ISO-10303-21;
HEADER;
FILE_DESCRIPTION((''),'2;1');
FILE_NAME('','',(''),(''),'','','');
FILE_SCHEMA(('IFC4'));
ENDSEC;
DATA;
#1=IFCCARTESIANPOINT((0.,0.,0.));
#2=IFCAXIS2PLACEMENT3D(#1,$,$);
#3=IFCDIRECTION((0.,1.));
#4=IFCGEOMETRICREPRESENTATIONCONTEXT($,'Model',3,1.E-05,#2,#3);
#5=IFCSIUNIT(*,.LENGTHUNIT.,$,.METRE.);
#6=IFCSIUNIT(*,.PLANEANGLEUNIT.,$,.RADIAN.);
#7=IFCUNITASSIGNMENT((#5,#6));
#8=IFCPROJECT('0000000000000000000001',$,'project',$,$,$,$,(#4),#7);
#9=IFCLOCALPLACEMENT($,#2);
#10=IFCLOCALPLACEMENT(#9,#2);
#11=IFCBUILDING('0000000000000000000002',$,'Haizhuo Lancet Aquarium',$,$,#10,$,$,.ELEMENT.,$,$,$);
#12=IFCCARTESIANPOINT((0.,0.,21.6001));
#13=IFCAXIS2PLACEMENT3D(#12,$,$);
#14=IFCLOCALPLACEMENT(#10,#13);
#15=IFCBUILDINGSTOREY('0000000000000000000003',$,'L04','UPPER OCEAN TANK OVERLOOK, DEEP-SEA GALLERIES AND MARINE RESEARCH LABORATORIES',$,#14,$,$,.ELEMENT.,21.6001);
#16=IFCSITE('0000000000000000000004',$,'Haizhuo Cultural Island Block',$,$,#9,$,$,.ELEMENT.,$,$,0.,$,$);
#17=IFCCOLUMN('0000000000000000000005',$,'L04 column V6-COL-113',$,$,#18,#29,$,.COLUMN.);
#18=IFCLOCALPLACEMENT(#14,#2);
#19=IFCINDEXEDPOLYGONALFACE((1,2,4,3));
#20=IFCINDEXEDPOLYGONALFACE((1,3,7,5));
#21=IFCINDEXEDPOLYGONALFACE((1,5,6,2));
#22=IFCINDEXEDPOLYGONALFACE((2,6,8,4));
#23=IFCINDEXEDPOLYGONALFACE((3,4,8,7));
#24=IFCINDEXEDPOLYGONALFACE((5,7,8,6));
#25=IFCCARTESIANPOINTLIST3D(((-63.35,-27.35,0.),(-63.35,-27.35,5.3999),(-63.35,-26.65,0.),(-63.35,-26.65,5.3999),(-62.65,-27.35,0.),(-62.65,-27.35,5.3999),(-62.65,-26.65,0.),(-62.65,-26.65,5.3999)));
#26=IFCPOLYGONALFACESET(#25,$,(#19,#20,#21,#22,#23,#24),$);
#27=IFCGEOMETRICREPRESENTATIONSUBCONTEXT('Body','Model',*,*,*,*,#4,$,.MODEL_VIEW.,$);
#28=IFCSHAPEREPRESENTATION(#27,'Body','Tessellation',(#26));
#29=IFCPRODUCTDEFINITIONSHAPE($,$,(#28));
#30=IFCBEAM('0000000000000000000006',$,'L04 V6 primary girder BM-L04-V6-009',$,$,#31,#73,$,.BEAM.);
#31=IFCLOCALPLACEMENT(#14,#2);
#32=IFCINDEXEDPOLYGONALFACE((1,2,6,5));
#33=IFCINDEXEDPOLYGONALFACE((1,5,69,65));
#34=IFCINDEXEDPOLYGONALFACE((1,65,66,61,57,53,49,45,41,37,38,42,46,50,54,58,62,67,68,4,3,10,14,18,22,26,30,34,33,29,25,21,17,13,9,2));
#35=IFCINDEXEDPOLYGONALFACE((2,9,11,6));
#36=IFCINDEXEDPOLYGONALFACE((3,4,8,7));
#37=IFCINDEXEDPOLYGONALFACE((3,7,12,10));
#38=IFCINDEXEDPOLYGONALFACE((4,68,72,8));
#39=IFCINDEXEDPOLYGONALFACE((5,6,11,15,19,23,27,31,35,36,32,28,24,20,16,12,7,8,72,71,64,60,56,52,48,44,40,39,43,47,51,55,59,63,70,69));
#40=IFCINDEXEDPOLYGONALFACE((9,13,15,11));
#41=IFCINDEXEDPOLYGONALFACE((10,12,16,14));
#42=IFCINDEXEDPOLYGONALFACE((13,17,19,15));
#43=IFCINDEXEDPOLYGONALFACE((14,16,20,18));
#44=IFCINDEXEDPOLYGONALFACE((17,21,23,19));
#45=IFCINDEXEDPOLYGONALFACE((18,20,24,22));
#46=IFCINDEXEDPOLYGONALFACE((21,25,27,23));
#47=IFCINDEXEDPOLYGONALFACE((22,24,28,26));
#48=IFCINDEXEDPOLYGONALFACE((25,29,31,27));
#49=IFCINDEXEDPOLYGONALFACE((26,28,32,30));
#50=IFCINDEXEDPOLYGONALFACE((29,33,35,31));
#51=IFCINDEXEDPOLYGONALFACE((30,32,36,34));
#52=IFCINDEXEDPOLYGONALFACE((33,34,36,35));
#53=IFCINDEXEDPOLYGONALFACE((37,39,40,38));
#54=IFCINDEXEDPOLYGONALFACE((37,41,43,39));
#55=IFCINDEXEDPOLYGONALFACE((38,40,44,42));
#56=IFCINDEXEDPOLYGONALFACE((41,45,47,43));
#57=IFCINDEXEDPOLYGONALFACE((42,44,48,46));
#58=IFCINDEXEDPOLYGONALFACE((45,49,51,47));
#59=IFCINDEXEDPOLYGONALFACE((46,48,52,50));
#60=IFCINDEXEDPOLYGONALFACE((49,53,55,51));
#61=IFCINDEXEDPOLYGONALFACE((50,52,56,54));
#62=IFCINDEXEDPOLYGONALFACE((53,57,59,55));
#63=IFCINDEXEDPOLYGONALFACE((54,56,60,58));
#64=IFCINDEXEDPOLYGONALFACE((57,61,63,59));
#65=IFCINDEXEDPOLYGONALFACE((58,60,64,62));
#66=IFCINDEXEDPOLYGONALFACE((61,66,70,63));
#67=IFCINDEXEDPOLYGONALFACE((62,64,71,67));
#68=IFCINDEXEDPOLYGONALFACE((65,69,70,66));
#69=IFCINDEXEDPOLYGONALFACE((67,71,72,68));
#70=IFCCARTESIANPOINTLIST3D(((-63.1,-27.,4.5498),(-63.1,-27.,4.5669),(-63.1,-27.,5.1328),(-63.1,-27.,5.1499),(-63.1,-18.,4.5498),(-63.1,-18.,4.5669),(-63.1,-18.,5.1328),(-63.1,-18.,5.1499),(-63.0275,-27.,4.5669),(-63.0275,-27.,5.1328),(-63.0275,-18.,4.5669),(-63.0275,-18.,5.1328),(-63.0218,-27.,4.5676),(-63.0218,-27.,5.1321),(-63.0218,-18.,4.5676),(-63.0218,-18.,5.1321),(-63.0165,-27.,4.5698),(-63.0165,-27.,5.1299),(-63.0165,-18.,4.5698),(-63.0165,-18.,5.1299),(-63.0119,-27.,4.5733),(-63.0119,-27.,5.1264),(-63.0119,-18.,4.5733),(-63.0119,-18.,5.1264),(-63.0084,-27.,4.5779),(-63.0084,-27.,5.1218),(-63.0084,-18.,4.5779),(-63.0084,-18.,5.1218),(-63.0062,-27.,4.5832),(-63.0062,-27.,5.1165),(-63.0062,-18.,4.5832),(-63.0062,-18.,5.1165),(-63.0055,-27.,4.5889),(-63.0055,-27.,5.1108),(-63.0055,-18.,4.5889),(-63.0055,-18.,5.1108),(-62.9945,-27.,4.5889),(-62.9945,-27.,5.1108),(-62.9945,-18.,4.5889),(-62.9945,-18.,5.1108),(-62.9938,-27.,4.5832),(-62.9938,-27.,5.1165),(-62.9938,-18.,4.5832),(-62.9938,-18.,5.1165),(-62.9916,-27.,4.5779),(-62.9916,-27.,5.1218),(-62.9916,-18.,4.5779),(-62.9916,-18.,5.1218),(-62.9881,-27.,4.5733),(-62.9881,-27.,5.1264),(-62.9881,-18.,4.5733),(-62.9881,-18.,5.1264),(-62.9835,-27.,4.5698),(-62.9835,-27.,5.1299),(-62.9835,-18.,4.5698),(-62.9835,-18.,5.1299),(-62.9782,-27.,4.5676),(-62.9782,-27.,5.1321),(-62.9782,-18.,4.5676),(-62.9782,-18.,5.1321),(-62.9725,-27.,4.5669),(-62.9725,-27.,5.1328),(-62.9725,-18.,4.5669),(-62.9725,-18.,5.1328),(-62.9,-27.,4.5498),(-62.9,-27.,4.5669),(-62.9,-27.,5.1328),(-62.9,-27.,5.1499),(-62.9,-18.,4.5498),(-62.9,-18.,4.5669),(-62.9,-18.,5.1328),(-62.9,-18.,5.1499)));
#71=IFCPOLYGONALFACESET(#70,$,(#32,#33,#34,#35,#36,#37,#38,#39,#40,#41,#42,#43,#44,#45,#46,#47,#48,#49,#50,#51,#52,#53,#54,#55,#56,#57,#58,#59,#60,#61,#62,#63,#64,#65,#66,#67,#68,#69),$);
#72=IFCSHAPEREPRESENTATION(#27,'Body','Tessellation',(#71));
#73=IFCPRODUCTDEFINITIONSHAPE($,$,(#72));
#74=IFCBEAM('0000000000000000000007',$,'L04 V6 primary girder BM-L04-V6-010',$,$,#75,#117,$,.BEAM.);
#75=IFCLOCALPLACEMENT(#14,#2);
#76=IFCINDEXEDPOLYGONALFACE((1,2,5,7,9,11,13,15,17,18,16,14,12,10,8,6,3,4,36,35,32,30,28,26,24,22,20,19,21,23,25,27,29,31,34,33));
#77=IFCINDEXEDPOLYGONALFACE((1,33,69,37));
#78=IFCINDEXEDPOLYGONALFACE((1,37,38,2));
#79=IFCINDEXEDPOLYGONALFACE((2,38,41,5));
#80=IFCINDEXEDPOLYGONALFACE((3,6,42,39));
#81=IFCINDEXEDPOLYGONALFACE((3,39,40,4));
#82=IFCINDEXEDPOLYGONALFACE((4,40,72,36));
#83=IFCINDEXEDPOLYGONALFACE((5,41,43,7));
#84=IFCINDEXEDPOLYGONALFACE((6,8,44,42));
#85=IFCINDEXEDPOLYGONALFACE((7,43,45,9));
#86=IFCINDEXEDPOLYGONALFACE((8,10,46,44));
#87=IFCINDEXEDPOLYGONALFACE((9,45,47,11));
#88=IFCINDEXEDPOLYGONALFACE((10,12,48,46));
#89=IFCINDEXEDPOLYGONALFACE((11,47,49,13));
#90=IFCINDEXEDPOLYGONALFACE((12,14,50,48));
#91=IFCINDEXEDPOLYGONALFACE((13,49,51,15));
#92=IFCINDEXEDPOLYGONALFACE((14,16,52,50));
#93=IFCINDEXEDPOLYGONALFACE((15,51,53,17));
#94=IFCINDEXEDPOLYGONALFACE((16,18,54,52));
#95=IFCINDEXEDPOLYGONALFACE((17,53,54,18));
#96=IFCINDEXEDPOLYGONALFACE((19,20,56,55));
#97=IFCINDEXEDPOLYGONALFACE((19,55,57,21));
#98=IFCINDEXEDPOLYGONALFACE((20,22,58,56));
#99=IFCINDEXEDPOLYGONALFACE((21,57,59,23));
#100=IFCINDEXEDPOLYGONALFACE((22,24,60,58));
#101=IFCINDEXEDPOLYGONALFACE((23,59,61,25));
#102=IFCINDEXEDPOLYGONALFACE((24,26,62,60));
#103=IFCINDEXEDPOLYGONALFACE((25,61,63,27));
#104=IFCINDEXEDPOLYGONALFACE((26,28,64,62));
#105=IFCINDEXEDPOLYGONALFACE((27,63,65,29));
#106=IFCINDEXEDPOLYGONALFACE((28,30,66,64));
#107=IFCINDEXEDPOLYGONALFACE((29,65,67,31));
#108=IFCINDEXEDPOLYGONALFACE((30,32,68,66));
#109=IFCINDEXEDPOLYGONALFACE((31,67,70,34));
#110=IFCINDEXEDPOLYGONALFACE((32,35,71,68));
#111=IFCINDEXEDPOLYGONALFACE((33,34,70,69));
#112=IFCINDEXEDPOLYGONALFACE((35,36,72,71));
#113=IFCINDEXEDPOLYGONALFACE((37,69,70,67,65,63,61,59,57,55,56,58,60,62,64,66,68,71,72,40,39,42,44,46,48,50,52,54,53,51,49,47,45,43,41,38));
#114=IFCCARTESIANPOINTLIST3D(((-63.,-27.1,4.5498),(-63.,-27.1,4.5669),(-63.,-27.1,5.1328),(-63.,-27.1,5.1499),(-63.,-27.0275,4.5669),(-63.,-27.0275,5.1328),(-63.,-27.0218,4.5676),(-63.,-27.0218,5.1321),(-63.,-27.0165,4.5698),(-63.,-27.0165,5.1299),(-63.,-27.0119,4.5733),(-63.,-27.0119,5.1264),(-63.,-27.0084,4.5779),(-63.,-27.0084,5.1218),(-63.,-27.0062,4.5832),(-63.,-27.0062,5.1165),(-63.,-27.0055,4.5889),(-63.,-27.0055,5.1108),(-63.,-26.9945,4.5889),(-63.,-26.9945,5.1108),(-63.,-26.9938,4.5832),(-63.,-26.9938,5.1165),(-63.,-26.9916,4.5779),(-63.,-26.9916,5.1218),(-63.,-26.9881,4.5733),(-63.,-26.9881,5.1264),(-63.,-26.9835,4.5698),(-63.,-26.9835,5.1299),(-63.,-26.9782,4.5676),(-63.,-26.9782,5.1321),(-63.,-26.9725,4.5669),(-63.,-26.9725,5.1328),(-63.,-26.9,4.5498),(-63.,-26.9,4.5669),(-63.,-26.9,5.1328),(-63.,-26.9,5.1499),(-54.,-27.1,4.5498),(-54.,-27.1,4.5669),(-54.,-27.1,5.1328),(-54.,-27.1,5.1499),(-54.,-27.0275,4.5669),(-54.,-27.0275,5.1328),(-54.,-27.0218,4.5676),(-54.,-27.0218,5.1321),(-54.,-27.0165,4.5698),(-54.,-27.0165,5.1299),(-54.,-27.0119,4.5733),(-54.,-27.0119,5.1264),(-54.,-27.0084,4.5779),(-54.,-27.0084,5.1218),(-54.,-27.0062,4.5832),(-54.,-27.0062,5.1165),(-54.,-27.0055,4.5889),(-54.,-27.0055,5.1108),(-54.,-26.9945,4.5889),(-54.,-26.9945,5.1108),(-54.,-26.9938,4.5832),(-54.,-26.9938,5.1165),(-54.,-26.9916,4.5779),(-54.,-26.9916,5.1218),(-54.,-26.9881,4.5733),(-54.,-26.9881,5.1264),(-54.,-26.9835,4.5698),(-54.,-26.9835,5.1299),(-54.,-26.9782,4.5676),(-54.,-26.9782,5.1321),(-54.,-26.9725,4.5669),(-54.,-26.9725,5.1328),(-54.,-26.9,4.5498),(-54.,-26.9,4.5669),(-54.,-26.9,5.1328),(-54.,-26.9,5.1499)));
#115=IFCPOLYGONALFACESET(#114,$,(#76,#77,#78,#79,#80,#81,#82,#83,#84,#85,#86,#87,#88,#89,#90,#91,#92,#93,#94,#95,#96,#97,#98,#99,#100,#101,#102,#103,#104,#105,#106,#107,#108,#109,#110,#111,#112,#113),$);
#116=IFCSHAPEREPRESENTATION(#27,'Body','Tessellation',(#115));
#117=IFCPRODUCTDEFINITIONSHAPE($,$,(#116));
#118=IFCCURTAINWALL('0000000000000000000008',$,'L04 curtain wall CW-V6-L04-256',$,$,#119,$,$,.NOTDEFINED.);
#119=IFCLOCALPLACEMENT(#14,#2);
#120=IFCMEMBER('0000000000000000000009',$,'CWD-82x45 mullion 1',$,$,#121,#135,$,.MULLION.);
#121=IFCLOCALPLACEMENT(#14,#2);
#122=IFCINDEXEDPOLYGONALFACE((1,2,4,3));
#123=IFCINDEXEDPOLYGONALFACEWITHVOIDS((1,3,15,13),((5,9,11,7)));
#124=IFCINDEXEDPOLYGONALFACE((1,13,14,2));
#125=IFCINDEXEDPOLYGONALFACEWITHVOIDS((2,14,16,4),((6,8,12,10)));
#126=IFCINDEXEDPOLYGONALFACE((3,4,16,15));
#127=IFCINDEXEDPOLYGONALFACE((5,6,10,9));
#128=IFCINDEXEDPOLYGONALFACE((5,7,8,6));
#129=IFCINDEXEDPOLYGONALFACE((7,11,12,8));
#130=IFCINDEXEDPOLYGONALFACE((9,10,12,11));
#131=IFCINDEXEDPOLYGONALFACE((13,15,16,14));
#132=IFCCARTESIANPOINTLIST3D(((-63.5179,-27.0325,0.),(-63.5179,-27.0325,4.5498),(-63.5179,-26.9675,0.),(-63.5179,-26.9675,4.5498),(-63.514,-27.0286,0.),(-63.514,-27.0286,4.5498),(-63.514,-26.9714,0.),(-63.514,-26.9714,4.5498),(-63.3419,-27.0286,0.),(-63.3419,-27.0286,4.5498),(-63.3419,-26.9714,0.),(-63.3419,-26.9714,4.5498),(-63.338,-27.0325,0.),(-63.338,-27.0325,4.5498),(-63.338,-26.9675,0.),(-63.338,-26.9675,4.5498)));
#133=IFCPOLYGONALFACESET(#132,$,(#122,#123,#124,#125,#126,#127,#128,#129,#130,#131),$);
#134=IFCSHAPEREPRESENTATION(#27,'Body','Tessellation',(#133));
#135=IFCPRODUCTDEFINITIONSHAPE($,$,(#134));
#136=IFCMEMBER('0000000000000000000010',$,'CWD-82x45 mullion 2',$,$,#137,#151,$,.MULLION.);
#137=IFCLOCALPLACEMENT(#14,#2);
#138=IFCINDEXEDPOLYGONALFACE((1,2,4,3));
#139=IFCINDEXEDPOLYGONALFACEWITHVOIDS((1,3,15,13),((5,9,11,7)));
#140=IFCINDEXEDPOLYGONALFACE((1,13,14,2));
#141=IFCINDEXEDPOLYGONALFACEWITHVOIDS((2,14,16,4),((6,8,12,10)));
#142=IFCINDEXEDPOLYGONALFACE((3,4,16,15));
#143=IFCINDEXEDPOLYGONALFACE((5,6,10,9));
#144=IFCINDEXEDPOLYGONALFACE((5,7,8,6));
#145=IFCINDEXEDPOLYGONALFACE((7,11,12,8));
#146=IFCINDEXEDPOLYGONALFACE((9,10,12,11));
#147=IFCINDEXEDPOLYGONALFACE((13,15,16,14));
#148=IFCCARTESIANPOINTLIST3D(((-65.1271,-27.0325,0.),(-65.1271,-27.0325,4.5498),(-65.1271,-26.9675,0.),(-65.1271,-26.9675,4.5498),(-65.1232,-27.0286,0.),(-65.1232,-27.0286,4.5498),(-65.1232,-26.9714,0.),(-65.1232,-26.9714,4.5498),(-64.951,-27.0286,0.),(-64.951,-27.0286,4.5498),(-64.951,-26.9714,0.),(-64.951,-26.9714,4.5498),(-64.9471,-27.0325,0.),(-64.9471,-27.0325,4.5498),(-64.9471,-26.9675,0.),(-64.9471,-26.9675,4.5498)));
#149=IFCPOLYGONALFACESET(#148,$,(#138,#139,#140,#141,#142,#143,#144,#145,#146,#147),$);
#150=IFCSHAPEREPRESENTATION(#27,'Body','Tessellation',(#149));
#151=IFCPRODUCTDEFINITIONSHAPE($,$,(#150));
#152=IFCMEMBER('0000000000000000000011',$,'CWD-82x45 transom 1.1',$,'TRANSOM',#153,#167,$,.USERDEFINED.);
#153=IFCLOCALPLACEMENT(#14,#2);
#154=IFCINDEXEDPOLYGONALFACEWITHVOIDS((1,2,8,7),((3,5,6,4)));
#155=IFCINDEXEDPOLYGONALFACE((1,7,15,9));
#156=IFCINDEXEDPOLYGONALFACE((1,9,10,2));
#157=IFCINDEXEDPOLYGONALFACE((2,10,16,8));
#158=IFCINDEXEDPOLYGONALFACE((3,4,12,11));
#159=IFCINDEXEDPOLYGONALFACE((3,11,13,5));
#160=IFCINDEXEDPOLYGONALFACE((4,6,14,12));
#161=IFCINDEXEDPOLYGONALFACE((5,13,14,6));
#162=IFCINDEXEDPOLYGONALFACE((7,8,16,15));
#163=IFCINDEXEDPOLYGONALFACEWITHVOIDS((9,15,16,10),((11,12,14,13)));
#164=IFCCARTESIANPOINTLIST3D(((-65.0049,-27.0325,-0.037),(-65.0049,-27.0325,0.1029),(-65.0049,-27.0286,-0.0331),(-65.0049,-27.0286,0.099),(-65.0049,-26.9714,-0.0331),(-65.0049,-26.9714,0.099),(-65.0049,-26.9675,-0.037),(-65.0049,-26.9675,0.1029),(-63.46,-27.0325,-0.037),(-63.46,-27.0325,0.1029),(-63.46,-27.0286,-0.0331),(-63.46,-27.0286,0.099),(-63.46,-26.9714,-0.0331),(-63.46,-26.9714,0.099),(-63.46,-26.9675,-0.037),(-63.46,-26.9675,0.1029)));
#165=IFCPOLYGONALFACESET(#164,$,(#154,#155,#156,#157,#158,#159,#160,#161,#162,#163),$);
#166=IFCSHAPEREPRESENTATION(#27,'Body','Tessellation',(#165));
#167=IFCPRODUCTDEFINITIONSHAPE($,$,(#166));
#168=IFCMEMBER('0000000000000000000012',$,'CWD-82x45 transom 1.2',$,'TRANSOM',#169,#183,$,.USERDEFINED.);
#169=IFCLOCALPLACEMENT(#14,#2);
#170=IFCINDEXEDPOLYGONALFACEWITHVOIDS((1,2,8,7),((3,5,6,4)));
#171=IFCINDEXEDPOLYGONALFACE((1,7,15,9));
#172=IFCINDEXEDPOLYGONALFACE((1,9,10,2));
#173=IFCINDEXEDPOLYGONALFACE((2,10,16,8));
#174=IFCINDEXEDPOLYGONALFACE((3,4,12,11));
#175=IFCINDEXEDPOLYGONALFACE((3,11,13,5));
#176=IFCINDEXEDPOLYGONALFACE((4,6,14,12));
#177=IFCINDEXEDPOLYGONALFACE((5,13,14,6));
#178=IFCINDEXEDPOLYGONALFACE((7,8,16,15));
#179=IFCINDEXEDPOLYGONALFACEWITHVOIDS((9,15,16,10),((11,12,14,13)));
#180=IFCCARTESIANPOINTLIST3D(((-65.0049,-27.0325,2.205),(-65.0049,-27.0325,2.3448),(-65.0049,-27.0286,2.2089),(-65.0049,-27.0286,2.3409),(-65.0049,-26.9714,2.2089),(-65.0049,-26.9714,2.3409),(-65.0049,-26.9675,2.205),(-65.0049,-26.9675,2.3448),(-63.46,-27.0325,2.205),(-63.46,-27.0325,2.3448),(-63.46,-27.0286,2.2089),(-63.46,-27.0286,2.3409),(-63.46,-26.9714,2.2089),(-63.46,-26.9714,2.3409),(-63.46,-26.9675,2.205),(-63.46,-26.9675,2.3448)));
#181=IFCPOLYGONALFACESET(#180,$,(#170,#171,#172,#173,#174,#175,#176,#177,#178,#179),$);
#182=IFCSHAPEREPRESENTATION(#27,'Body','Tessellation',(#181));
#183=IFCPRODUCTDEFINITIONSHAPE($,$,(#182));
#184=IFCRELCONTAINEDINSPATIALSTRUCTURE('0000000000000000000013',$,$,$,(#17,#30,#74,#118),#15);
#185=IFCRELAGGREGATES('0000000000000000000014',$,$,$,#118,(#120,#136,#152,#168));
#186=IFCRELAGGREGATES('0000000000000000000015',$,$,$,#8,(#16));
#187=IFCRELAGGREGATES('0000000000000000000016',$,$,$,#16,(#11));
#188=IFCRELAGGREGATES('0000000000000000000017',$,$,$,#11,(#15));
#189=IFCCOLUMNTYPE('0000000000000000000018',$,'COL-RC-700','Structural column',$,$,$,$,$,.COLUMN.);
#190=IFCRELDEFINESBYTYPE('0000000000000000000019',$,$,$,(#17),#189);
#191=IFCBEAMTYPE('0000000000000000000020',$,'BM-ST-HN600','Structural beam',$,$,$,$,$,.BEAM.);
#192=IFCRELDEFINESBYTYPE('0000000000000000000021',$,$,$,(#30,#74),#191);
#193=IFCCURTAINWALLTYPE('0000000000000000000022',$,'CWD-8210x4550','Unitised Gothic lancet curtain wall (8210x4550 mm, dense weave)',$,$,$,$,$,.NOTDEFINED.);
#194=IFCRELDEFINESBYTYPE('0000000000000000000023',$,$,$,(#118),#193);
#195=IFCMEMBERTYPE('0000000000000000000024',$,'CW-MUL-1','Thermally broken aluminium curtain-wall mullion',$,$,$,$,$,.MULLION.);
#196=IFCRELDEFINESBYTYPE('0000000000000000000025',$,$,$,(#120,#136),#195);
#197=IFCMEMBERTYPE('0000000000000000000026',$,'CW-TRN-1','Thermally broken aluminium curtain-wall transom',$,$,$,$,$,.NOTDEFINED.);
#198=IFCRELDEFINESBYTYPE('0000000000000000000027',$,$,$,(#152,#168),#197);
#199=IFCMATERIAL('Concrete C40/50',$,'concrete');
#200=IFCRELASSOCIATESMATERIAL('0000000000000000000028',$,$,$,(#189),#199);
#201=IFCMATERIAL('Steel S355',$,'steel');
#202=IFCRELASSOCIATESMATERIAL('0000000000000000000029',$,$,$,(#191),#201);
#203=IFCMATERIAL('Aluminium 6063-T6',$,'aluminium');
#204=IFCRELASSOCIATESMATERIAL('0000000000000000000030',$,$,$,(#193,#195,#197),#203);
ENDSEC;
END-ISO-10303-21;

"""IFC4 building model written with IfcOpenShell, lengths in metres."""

from ifc_helpers import new_model, si_unit, direction, frame, origin, origin_2d, place, context, subcontext, project, spatial, rectangle, hollow_rectangle, i_section, extrude, material, material_profile, profile_set, type_object, element, aggregate, save


model = new_model("IFC4")

# Units and contexts
model_context = context("Model", 3, precision=1e-05, world=origin(), true_north=direction((0.0, 1.0)))
body_context = subcontext(model_context, "Body", "Model", "MODEL_VIEW")
ifc_project = project(units=[si_unit("LENGTHUNIT", "METRE"), si_unit("PLANEANGLEUNIT", "RADIAN")], contexts=[model_context])

# Site, building, storey
site_placement = place(None, origin())
site = spatial("IfcSite", under=ifc_project, at=site_placement, Name="Haizhuo Cultural Island Block", CompositionType="ELEMENT", RefElevation=0.0)
building_placement = place(site_placement, origin())
building = spatial("IfcBuilding", under=site, at=building_placement, Name="Haizhuo Lancet Aquarium", CompositionType="ELEMENT")
storey_placement = place(building_placement, frame((0.0, 0.0, 21.6001)))
storey = spatial("IfcBuildingStorey", under=building, at=storey_placement, Name="L04", Description="UPPER OCEAN TANK OVERLOOK, DEEP-SEA GALLERIES AND MARINE RESEARCH LABORATORIES", CompositionType="ELEMENT", Elevation=21.6001)

# Column
ifc_material_1 = material(Name="Concrete C40/50", Category="concrete")
ifc_material_profile_1 = material_profile(ifc_material_1, rectangle(XDim=0.7, YDim=0.7, at=origin_2d()), Name="RC-COL 700x700")
ifc_profile_set_1 = profile_set([ifc_material_profile_1], Name="Concrete C40/50")
column_type = type_object("IfcColumnType", Name="COL-RC-700", Description="Structural column", PredefinedType="COLUMN", material=ifc_profile_set_1)
column_placement = place(storey_placement, frame((-63.0, -27.0, 0.0), z_axis=(0.0, 0.0, 1.0), x_axis=(1.0, 0.0, 0.0)))
element("IfcColumn", 1, at=column_placement, inside=storey, type_object=column_type, Name="L04 column V6-COL-113", PredefinedType="COLUMN", context=body_context, shape_type="SweptSolid", body=[
    extrude(rectangle(XDim=0.7, YDim=0.7, at=origin_2d()), origin(), (0.0, 0.0, 1.0), 5.3999),
])

# Beams
ifc_material_2 = material(Name="Steel S355", Category="steel")
ifc_material_profile_2 = material_profile(ifc_material_2, i_section(OverallWidth=0.2, OverallDepth=0.6001, WebThickness=0.011, FlangeThickness=0.0171, FilletRadius=0.022, at=origin_2d()), Name="HN 600x200x11x17")
ifc_profile_set_2 = profile_set([ifc_material_profile_2], Name="Steel S355")
beam_type = type_object("IfcBeamType", Name="BM-ST-HN600", Description="Structural beam", PredefinedType="BEAM", material=ifc_profile_set_2)
for number, where, z_axis, x_axis, name in (
    (2, (-63.0, -27.0, 4.8499), (0.0, 1.0, 0.0), (-1.0, 0.0, 0.0), "L04 V6 primary girder BM-L04-V6-009"),
    (3, (-63.0, -27.0, 4.8499), (1.0, 0.0, 0.0), (0.0, 1.0, 0.0), "L04 V6 primary girder BM-L04-V6-010"),
):
    element("IfcBeam", number, at=place(storey_placement, frame(where, z_axis=z_axis, x_axis=x_axis)), inside=storey, type_object=beam_type, Name=name, PredefinedType="BEAM", context=body_context, shape_type="SweptSolid", body=[
        extrude(i_section(OverallWidth=0.2, OverallDepth=0.6001, WebThickness=0.011, FlangeThickness=0.0171, FilletRadius=0.022, at=origin_2d()), origin(), (0.0, 0.0, 1.0), 9.0),
    ])

# Curtain wall, members
ifc_material_3 = material(Name="Aluminium 6063-T6", Category="aluminium")
curtain_wall_type = type_object("IfcCurtainWallType", Name="CWD-8210x4550", Description="Unitised Gothic lancet curtain wall (8210x4550 mm, dense weave)", PredefinedType="NOTDEFINED", material=ifc_material_3)
curtain_wall_placement = place(storey_placement, origin())
curtain_wall = element("IfcCurtainWall", 4, at=curtain_wall_placement, inside=storey, type_object=curtain_wall_type, Name="L04 curtain wall CW-V6-L04-256", PredefinedType="NOTDEFINED")
ifc_material_profile_3 = material_profile(ifc_material_3, hollow_rectangle(XDim=0.0649, YDim=0.1799, WallThickness=0.0039, at=origin_2d()), Name="ALU-M 65x180x4")
ifc_profile_set_3 = profile_set([ifc_material_profile_3], Name="Aluminium 6063-T6")
member_type_1 = type_object("IfcMemberType", Name="CW-MUL-1", Description="Thermally broken aluminium curtain-wall mullion", PredefinedType="MULLION", material=ifc_profile_set_3)
member_1_placement = place(storey_placement, frame((-63.428, -27.0, 0.0), z_axis=(0.0, 0.0, 1.0), x_axis=(0.0, -1.0, 0.0)))
member_1 = element("IfcMember", 5, at=member_1_placement, type_object=member_type_1, Name="CWD-82x45 mullion 1", PredefinedType="MULLION", context=body_context, shape_type="SweptSolid", body=[
    extrude(hollow_rectangle(XDim=0.0649, YDim=0.1799, WallThickness=0.0039, at=origin_2d()), origin(), (0.0, 0.0, 1.0), 4.5498),
])
member_2_placement = place(storey_placement, frame((-65.0371, -27.0, 0.0), z_axis=(0.0, 0.0, 1.0), x_axis=(0.0, -1.0, 0.0)))
member_2 = element("IfcMember", 6, at=member_2_placement, type_object=member_type_1, Name="CWD-82x45 mullion 2", PredefinedType="MULLION", context=body_context, shape_type="SweptSolid", body=[
    extrude(hollow_rectangle(XDim=0.0649, YDim=0.1799, WallThickness=0.0039, at=origin_2d()), origin(), (0.0, 0.0, 1.0), 4.5498),
])
ifc_material_profile_4 = material_profile(ifc_material_3, hollow_rectangle(XDim=0.0649, YDim=0.1399, WallThickness=0.0039, at=origin_2d()), Name="ALU-T 65x140x4")
ifc_profile_set_4 = profile_set([ifc_material_profile_4], Name="Aluminium 6063-T6")
member_type_2 = type_object("IfcMemberType", Name="CW-TRN-1", Description="Thermally broken aluminium curtain-wall transom", PredefinedType="NOTDEFINED", material=ifc_profile_set_4)
member_3_placement = place(storey_placement, frame((-63.46, -27.0, 0.033), z_axis=(-1.0, 0.0, 0.0), x_axis=(0.0, -1.0, 0.0)))
member_3 = element("IfcMember", 7, at=member_3_placement, type_object=member_type_2, Name="CWD-82x45 transom 1.1", ObjectType="TRANSOM", PredefinedType="USERDEFINED", context=body_context, shape_type="SweptSolid", body=[
    extrude(hollow_rectangle(XDim=0.0649, YDim=0.1399, WallThickness=0.0039, at=origin_2d()), origin(), (0.0, 0.0, 1.0), 1.5449),
])
member_4_placement = place(storey_placement, frame((-63.46, -27.0, 2.2749), z_axis=(-1.0, 0.0, 0.0), x_axis=(0.0, -1.0, 0.0)))
member_4 = element("IfcMember", 8, at=member_4_placement, type_object=member_type_2, Name="CWD-82x45 transom 1.2", ObjectType="TRANSOM", PredefinedType="USERDEFINED", context=body_context, shape_type="SweptSolid", body=[
    extrude(hollow_rectangle(XDim=0.0649, YDim=0.1399, WallThickness=0.0039, at=origin_2d()), origin(), (0.0, 0.0, 1.0), 1.5449),
])

aggregate(curtain_wall, [member_1, member_2, member_3, member_4])

save(model, "model.ifc")
